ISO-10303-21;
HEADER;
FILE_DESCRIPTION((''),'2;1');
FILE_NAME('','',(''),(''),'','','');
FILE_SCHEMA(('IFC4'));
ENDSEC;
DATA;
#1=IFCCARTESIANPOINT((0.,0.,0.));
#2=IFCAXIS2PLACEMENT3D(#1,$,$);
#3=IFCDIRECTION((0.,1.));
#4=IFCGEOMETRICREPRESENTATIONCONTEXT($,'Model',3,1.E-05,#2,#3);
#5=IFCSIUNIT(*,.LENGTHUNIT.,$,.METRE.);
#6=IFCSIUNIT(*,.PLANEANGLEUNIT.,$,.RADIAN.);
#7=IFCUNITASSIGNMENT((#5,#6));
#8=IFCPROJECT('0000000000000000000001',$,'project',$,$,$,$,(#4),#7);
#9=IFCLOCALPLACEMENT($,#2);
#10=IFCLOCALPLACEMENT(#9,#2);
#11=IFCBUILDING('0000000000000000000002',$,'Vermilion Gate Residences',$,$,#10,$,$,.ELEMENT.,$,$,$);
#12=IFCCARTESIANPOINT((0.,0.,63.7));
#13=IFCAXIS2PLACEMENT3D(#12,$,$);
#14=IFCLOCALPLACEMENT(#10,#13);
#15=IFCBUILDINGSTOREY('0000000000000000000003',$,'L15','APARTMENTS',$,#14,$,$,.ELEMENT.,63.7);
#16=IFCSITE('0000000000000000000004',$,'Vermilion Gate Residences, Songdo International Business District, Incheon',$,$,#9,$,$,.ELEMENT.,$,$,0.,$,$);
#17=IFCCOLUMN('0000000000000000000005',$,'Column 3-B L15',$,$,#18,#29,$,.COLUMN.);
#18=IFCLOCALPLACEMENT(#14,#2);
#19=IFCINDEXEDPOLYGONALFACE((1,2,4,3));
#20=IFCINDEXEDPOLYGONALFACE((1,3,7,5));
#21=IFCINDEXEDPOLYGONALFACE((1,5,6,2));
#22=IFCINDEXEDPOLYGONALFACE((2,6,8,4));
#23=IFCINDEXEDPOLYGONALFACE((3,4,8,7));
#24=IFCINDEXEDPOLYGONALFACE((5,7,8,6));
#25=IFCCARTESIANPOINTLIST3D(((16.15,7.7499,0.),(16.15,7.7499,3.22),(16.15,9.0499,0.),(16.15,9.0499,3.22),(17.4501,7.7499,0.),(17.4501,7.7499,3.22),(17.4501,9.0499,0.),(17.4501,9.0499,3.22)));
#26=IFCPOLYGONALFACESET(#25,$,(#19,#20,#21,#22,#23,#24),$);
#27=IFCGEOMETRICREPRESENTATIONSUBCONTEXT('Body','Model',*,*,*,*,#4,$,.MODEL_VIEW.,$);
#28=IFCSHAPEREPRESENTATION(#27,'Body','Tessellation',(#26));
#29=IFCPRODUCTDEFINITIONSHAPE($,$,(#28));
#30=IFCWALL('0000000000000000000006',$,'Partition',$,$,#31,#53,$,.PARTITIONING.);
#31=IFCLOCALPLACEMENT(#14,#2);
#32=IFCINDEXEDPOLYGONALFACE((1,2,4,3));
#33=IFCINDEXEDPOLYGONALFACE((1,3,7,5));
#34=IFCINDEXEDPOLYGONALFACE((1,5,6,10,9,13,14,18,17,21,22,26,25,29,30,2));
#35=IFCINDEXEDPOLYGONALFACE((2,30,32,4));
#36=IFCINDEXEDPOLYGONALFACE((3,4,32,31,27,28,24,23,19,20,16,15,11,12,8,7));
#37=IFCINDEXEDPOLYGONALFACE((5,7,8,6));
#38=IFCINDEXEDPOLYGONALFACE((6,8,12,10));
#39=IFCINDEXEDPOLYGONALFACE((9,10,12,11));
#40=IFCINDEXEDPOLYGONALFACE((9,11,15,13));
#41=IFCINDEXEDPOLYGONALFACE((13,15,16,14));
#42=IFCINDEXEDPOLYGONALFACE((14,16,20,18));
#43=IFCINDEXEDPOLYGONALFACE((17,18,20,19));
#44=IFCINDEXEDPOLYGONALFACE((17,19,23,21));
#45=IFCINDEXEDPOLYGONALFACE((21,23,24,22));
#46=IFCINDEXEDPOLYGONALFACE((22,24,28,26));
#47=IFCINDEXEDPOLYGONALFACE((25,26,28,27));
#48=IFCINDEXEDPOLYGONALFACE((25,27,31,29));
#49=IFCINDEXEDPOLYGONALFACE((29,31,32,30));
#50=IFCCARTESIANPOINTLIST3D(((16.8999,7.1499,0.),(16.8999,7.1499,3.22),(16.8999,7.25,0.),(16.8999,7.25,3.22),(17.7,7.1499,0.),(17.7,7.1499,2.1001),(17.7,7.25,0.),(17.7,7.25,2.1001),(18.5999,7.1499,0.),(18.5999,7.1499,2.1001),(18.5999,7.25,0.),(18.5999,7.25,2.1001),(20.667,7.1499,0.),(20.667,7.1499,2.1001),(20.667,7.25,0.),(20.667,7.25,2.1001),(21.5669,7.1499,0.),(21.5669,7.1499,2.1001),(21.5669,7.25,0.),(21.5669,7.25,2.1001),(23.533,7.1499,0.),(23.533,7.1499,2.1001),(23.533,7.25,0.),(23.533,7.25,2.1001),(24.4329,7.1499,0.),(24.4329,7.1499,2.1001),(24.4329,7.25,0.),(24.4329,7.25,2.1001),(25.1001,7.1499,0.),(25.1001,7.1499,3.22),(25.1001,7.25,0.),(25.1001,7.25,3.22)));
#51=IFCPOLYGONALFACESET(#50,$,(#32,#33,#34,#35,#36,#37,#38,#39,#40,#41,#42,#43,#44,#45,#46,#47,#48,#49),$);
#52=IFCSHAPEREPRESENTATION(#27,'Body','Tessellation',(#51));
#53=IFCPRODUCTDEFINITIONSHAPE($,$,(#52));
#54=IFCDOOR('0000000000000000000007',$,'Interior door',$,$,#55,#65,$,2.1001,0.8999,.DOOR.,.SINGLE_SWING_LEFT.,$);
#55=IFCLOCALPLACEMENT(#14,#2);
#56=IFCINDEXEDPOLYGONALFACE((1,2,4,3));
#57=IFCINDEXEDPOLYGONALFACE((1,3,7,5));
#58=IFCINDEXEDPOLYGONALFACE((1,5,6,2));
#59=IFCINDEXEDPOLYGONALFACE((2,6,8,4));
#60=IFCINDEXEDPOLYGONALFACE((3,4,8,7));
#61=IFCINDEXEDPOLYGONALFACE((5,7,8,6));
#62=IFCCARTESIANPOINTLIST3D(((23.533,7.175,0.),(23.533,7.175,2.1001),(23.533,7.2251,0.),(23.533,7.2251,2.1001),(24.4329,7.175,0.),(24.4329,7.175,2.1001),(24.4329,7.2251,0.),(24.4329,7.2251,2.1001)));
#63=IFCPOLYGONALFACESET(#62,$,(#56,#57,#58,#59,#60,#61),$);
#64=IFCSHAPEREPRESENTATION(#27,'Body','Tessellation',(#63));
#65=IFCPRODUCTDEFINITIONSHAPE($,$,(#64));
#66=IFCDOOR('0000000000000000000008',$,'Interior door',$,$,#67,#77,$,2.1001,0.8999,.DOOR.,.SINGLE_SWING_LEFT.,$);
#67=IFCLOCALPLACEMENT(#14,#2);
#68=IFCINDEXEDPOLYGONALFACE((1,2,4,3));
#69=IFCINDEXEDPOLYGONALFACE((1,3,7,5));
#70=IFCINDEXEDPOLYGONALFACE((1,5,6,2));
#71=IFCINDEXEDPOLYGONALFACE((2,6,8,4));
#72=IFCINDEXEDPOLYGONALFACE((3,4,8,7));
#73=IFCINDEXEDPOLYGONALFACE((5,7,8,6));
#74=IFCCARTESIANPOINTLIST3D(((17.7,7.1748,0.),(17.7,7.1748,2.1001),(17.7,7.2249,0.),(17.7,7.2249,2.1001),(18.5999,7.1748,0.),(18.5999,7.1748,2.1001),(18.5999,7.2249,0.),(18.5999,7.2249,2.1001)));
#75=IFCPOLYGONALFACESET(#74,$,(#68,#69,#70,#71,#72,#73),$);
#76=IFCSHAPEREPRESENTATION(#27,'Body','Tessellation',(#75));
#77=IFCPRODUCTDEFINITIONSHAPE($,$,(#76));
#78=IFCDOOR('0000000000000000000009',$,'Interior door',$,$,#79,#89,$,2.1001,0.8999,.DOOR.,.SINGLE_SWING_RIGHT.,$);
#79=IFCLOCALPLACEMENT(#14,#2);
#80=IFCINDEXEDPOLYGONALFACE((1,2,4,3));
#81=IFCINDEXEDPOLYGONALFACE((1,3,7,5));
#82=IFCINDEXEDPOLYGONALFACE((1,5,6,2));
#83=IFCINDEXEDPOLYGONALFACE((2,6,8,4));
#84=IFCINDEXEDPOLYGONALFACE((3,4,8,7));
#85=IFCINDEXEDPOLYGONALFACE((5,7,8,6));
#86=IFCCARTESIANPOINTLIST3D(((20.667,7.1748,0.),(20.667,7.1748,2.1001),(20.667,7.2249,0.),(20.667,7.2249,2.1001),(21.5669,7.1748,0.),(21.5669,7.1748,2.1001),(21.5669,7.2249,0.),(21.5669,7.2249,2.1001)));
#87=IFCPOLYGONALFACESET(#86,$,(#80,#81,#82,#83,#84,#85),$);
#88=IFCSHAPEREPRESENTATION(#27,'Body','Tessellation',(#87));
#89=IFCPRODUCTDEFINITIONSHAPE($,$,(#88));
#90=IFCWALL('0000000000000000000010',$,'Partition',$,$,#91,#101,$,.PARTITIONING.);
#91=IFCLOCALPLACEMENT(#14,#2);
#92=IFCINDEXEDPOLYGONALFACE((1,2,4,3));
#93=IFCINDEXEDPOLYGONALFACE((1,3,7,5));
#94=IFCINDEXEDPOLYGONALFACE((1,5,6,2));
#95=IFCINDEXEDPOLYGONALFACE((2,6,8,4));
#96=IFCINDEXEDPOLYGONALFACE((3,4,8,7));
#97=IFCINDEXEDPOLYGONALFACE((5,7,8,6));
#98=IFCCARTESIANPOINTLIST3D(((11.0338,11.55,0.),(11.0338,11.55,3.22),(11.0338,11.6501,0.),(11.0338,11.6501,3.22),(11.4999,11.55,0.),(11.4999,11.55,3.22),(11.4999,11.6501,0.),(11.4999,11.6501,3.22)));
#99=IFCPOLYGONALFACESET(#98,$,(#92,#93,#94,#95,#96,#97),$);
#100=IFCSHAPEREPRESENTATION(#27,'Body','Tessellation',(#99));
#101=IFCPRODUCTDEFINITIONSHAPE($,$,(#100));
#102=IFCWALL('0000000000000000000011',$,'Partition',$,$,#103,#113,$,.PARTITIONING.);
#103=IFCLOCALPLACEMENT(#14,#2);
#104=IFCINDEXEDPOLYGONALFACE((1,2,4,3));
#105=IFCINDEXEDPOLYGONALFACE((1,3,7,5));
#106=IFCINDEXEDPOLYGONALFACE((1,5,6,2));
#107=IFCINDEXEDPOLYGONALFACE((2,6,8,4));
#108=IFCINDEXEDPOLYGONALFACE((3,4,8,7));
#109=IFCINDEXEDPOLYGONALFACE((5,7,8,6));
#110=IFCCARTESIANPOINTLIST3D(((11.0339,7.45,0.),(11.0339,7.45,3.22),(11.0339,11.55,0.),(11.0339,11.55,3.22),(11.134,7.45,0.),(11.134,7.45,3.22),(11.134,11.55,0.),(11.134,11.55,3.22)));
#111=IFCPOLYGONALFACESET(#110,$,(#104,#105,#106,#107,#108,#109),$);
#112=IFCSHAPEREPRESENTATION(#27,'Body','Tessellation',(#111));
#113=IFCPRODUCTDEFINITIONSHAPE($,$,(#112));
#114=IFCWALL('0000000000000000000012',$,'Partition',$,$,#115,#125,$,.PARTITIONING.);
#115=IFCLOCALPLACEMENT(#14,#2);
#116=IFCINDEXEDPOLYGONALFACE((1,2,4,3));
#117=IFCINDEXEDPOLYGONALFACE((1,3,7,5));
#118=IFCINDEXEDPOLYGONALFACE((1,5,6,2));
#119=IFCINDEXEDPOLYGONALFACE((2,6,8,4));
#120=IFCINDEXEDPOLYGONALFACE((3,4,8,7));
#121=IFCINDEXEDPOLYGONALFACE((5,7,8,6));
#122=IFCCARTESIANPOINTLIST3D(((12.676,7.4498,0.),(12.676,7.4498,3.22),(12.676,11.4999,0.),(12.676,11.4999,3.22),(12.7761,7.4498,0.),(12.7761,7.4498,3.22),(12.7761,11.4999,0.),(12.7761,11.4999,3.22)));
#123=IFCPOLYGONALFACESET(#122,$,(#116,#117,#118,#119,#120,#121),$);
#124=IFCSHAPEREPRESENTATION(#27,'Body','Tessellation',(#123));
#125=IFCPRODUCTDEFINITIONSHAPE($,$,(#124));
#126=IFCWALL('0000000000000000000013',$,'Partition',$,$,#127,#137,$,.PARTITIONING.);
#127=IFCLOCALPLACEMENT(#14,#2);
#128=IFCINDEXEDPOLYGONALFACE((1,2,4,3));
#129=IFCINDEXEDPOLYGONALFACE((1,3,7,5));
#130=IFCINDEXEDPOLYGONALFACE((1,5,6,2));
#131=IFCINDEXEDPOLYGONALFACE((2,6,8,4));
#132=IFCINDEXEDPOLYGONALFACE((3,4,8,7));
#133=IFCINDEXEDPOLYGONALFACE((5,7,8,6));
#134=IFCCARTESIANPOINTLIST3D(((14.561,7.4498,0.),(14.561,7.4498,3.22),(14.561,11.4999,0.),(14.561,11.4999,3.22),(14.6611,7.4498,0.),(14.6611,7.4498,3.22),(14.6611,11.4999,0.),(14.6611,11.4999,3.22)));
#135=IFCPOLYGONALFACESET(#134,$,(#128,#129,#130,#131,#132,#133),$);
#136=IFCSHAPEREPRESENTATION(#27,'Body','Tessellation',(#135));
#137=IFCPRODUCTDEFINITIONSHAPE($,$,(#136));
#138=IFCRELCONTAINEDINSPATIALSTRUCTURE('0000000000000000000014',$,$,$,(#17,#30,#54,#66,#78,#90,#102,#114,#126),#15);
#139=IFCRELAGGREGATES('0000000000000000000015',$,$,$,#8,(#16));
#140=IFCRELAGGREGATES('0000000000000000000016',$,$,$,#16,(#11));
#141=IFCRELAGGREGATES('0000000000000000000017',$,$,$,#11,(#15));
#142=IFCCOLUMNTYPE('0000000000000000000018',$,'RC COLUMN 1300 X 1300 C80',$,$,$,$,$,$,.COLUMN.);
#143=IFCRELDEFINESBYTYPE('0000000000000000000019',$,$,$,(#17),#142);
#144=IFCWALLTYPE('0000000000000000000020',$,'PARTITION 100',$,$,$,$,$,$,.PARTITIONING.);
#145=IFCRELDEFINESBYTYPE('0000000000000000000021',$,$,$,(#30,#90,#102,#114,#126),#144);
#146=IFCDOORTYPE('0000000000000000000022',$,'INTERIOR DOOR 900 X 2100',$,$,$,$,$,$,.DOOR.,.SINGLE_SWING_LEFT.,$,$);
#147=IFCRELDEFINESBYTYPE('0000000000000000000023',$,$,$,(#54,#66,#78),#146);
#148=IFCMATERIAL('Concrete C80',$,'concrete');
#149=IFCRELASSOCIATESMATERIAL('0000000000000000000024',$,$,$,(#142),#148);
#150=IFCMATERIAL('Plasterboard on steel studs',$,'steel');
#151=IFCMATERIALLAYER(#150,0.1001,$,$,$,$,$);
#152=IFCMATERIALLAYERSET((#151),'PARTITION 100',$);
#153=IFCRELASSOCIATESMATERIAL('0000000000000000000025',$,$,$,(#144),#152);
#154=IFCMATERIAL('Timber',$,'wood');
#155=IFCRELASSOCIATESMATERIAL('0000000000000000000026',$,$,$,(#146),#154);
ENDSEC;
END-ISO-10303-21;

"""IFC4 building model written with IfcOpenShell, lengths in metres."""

from ifc_helpers import new_model, si_unit, direction, frame, frame_2d, origin, origin_2d, place, context, subcontext, project, spatial, rectangle, extrude, material, layer, layer_set, material_profile, profile_set, type_object, element, fill, save


model = new_model("IFC4")

# Units and contexts
model_context = context("Model", 3, precision=1e-05, world=origin(), true_north=direction((0.0, 1.0)))
body_context = subcontext(model_context, "Body", "Model", "MODEL_VIEW")
ifc_project = project(units=[si_unit("LENGTHUNIT", "METRE"), si_unit("PLANEANGLEUNIT", "RADIAN")], contexts=[model_context])

# Site, building, storey
site_placement = place(None, origin())
site = spatial("IfcSite", under=ifc_project, at=site_placement, Name="Vermilion Gate Residences, Songdo International Business District, Incheon", CompositionType="ELEMENT", RefElevation=0.0)
building_placement = place(site_placement, origin())
building = spatial("IfcBuilding", under=site, at=building_placement, Name="Vermilion Gate Residences", CompositionType="ELEMENT")
storey_placement = place(building_placement, frame((0.0, 0.0, 63.7)))
storey = spatial("IfcBuildingStorey", under=building, at=storey_placement, Name="L15", Description="APARTMENTS", CompositionType="ELEMENT", Elevation=63.7)

# Column
ifc_material_1 = material(Name="Concrete C80", Category="concrete")
ifc_material_profile = material_profile(ifc_material_1, rectangle(XDim=1.3, YDim=1.3, at=origin_2d()), Name="RC-1300x1300")
ifc_profile_set = profile_set([ifc_material_profile], Name="Concrete C80")
column_type = type_object("IfcColumnType", Name="RC COLUMN 1300 X 1300 C80", PredefinedType="COLUMN", material=ifc_profile_set)
column_placement = place(storey_placement, frame((16.8, 8.3999, 0.0), z_axis=(0.0, 0.0, 1.0), x_axis=(1.0, 0.0, 0.0)))
element("IfcColumn", 1, at=column_placement, inside=storey, type_object=column_type, Name="Column 3-B L15", PredefinedType="COLUMN", context=body_context, shape_type="SweptSolid", body=[
    extrude(rectangle(XDim=1.3, YDim=1.3, at=origin_2d()), origin(), (0.0, 0.0, 1.0), 3.22),
])

# Wall, openings, doors
ifc_material_2 = material(Name="Plasterboard on steel studs", Category="steel")
ifc_layer_1 = layer(ifc_material_2, 0.1001)
ifc_layer_set_1 = layer_set([ifc_layer_1], Name="PARTITION 100")
wall_type_1 = type_object("IfcWallType", Name="PARTITION 100", PredefinedType="PARTITIONING", material=ifc_layer_set_1)
wall_1_placement = place(storey_placement, frame((16.8999, 7.2, 0.0), z_axis=(0.0, 0.0, 1.0), x_axis=(1.0, 0.0, 0.0)))
wall_1 = element("IfcWall", 2, at=wall_1_placement, inside=storey, type_object=wall_type_1, Name="Partition", PredefinedType="PARTITIONING", context=body_context, shape_type="SweptSolid", body=[
    extrude(rectangle(XDim=8.2002, YDim=0.1001, at=frame_2d((4.1001, 0.0))), origin(), (0.0, 0.0, 1.0), 3.22),
])
opening_1_placement = place(wall_1_placement, frame((6.6331, 0.0, 0.0)))
opening_1 = element("IfcOpeningElement", 3, at=opening_1_placement, cuts=wall_1, PredefinedType="OPENING", context=body_context, shape_type="SweptSolid", body=[
    extrude(rectangle(XDim=0.8999, YDim=2.1001, at=frame_2d((0.45, 1.05))), frame((0.0, 0.0601, 0.0), z_axis=(0.0, -1.0, 0.0), x_axis=(1.0, 0.0, 0.0)), (0.0, 0.0, 1.0), 0.1201),
])
opening_2_placement = place(wall_1_placement, frame((0.8, 0.0, 0.0)))
opening_2 = element("IfcOpeningElement", 4, at=opening_2_placement, cuts=wall_1, PredefinedType="OPENING", context=body_context, shape_type="SweptSolid", body=[
    extrude(rectangle(XDim=0.8999, YDim=2.1001, at=frame_2d((0.45, 1.05))), frame((0.0, 0.0601, 0.0), z_axis=(0.0, -1.0, 0.0), x_axis=(1.0, 0.0, 0.0)), (0.0, 0.0, 1.0), 0.1201),
])
opening_3_placement = place(wall_1_placement, frame((3.7671, 0.0, 0.0)))
opening_3 = element("IfcOpeningElement", 5, at=opening_3_placement, cuts=wall_1, PredefinedType="OPENING", context=body_context, shape_type="SweptSolid", body=[
    extrude(rectangle(XDim=0.8999, YDim=2.1001, at=frame_2d((0.45, 1.05))), frame((0.0, 0.0601, 0.0), z_axis=(0.0, -1.0, 0.0), x_axis=(1.0, 0.0, 0.0)), (0.0, 0.0, 1.0), 0.1201),
])
ifc_material_3 = material(Name="Timber", Category="wood")
door_type_1 = type_object("IfcDoorType", Name="INTERIOR DOOR 900 X 2100", OperationType="SINGLE_SWING_LEFT", PredefinedType="DOOR", material=ifc_material_3)
door_1_placement = place(opening_1_placement, frame((0.8999, 0.0, 0.0), z_axis=(0.0, 0.0, 1.0), x_axis=(-1.0, 0.0, 0.0)))
door_1 = element("IfcDoor", 6, at=door_1_placement, inside=storey, type_object=door_type_1, Name="Interior door", OperationType="SINGLE_SWING_LEFT", OverallHeight=2.1001, OverallWidth=0.8999, PredefinedType="DOOR", context=body_context, shape_type="SweptSolid", body=[
    extrude(rectangle(XDim=0.8999, YDim=2.1001, at=frame_2d((0.45, 1.05))), frame((0.0, 0.0249, 0.0), z_axis=(0.0, -1.0, 0.0), x_axis=(1.0, 0.0, 0.0)), (0.0, 0.0, 1.0), 0.05),
])
fill(opening_1, door_1)
door_2_placement = place(opening_2_placement, origin())
door_2 = element("IfcDoor", 7, at=door_2_placement, inside=storey, type_object=door_type_1, Name="Interior door", OperationType="SINGLE_SWING_LEFT", OverallHeight=2.1001, OverallWidth=0.8999, PredefinedType="DOOR", context=body_context, shape_type="SweptSolid", body=[
    extrude(rectangle(XDim=0.8999, YDim=2.1001, at=frame_2d((0.45, 1.05))), frame((0.0, 0.0249, 0.0), z_axis=(0.0, -1.0, 0.0), x_axis=(1.0, 0.0, 0.0)), (0.0, 0.0, 1.0), 0.05),
])
fill(opening_2, door_2)
door_3_placement = place(opening_3_placement, origin())
door_3 = element("IfcDoor", 8, at=door_3_placement, inside=storey, type_object=door_type_1, Name="Interior door", OperationType="SINGLE_SWING_RIGHT", OverallHeight=2.1001, OverallWidth=0.8999, PredefinedType="DOOR", context=body_context, shape_type="SweptSolid", body=[
    extrude(rectangle(XDim=0.8999, YDim=2.1001, at=frame_2d((0.45, 1.05))), frame((0.0, 0.0249, 0.0), z_axis=(0.0, -1.0, 0.0), x_axis=(1.0, 0.0, 0.0)), (0.0, 0.0, 1.0), 0.05),
])
fill(opening_3, door_3)

# Walls
wall_2_placement = place(storey_placement, frame((11.0339, 11.6001, 0.0), z_axis=(0.0, 0.0, 1.0), x_axis=(1.0, 0.0, 0.0)))
element("IfcWall", 9, at=wall_2_placement, inside=storey, type_object=wall_type_1, Name="Partition", PredefinedType="PARTITIONING", context=body_context, shape_type="SweptSolid", body=[
    extrude(rectangle(XDim=0.4661, YDim=0.1001, at=frame_2d((0.2329, 0.0))), origin(), (0.0, 0.0, 1.0), 3.22),
])
wall_3_placement = place(storey_placement, frame((11.084, 7.45, 0.0), z_axis=(0.0, 0.0, 1.0), x_axis=(0.0, 1.0, 0.0)))
element("IfcWall", 10, at=wall_3_placement, inside=storey, type_object=wall_type_1, Name="Partition", PredefinedType="PARTITIONING", context=body_context, shape_type="SweptSolid", body=[
    extrude(rectangle(XDim=4.1001, YDim=0.1001, at=frame_2d((2.05, 0.0))), origin(), (0.0, 0.0, 1.0), 3.22),
])
for number, where, z_axis, x_axis, name in (
    (11, (12.7261, 7.45, 0.0), (0.0, 0.0, 1.0), (0.0, 1.0, 0.0), "Partition"),
    (12, (14.6111, 7.45, 0.0), (0.0, 0.0, 1.0), (0.0, 1.0, 0.0), "Partition"),
):
    element("IfcWall", number, at=place(storey_placement, frame(where, z_axis=z_axis, x_axis=x_axis)), inside=storey, type_object=wall_type_1, Name=name, PredefinedType="PARTITIONING", context=body_context, shape_type="SweptSolid", body=[
        extrude(rectangle(XDim=4.05, YDim=0.1001, at=frame_2d((2.0249, 0.0))), origin(), (0.0, 0.0, 1.0), 3.22),
    ])

save(model, "model.ifc")
